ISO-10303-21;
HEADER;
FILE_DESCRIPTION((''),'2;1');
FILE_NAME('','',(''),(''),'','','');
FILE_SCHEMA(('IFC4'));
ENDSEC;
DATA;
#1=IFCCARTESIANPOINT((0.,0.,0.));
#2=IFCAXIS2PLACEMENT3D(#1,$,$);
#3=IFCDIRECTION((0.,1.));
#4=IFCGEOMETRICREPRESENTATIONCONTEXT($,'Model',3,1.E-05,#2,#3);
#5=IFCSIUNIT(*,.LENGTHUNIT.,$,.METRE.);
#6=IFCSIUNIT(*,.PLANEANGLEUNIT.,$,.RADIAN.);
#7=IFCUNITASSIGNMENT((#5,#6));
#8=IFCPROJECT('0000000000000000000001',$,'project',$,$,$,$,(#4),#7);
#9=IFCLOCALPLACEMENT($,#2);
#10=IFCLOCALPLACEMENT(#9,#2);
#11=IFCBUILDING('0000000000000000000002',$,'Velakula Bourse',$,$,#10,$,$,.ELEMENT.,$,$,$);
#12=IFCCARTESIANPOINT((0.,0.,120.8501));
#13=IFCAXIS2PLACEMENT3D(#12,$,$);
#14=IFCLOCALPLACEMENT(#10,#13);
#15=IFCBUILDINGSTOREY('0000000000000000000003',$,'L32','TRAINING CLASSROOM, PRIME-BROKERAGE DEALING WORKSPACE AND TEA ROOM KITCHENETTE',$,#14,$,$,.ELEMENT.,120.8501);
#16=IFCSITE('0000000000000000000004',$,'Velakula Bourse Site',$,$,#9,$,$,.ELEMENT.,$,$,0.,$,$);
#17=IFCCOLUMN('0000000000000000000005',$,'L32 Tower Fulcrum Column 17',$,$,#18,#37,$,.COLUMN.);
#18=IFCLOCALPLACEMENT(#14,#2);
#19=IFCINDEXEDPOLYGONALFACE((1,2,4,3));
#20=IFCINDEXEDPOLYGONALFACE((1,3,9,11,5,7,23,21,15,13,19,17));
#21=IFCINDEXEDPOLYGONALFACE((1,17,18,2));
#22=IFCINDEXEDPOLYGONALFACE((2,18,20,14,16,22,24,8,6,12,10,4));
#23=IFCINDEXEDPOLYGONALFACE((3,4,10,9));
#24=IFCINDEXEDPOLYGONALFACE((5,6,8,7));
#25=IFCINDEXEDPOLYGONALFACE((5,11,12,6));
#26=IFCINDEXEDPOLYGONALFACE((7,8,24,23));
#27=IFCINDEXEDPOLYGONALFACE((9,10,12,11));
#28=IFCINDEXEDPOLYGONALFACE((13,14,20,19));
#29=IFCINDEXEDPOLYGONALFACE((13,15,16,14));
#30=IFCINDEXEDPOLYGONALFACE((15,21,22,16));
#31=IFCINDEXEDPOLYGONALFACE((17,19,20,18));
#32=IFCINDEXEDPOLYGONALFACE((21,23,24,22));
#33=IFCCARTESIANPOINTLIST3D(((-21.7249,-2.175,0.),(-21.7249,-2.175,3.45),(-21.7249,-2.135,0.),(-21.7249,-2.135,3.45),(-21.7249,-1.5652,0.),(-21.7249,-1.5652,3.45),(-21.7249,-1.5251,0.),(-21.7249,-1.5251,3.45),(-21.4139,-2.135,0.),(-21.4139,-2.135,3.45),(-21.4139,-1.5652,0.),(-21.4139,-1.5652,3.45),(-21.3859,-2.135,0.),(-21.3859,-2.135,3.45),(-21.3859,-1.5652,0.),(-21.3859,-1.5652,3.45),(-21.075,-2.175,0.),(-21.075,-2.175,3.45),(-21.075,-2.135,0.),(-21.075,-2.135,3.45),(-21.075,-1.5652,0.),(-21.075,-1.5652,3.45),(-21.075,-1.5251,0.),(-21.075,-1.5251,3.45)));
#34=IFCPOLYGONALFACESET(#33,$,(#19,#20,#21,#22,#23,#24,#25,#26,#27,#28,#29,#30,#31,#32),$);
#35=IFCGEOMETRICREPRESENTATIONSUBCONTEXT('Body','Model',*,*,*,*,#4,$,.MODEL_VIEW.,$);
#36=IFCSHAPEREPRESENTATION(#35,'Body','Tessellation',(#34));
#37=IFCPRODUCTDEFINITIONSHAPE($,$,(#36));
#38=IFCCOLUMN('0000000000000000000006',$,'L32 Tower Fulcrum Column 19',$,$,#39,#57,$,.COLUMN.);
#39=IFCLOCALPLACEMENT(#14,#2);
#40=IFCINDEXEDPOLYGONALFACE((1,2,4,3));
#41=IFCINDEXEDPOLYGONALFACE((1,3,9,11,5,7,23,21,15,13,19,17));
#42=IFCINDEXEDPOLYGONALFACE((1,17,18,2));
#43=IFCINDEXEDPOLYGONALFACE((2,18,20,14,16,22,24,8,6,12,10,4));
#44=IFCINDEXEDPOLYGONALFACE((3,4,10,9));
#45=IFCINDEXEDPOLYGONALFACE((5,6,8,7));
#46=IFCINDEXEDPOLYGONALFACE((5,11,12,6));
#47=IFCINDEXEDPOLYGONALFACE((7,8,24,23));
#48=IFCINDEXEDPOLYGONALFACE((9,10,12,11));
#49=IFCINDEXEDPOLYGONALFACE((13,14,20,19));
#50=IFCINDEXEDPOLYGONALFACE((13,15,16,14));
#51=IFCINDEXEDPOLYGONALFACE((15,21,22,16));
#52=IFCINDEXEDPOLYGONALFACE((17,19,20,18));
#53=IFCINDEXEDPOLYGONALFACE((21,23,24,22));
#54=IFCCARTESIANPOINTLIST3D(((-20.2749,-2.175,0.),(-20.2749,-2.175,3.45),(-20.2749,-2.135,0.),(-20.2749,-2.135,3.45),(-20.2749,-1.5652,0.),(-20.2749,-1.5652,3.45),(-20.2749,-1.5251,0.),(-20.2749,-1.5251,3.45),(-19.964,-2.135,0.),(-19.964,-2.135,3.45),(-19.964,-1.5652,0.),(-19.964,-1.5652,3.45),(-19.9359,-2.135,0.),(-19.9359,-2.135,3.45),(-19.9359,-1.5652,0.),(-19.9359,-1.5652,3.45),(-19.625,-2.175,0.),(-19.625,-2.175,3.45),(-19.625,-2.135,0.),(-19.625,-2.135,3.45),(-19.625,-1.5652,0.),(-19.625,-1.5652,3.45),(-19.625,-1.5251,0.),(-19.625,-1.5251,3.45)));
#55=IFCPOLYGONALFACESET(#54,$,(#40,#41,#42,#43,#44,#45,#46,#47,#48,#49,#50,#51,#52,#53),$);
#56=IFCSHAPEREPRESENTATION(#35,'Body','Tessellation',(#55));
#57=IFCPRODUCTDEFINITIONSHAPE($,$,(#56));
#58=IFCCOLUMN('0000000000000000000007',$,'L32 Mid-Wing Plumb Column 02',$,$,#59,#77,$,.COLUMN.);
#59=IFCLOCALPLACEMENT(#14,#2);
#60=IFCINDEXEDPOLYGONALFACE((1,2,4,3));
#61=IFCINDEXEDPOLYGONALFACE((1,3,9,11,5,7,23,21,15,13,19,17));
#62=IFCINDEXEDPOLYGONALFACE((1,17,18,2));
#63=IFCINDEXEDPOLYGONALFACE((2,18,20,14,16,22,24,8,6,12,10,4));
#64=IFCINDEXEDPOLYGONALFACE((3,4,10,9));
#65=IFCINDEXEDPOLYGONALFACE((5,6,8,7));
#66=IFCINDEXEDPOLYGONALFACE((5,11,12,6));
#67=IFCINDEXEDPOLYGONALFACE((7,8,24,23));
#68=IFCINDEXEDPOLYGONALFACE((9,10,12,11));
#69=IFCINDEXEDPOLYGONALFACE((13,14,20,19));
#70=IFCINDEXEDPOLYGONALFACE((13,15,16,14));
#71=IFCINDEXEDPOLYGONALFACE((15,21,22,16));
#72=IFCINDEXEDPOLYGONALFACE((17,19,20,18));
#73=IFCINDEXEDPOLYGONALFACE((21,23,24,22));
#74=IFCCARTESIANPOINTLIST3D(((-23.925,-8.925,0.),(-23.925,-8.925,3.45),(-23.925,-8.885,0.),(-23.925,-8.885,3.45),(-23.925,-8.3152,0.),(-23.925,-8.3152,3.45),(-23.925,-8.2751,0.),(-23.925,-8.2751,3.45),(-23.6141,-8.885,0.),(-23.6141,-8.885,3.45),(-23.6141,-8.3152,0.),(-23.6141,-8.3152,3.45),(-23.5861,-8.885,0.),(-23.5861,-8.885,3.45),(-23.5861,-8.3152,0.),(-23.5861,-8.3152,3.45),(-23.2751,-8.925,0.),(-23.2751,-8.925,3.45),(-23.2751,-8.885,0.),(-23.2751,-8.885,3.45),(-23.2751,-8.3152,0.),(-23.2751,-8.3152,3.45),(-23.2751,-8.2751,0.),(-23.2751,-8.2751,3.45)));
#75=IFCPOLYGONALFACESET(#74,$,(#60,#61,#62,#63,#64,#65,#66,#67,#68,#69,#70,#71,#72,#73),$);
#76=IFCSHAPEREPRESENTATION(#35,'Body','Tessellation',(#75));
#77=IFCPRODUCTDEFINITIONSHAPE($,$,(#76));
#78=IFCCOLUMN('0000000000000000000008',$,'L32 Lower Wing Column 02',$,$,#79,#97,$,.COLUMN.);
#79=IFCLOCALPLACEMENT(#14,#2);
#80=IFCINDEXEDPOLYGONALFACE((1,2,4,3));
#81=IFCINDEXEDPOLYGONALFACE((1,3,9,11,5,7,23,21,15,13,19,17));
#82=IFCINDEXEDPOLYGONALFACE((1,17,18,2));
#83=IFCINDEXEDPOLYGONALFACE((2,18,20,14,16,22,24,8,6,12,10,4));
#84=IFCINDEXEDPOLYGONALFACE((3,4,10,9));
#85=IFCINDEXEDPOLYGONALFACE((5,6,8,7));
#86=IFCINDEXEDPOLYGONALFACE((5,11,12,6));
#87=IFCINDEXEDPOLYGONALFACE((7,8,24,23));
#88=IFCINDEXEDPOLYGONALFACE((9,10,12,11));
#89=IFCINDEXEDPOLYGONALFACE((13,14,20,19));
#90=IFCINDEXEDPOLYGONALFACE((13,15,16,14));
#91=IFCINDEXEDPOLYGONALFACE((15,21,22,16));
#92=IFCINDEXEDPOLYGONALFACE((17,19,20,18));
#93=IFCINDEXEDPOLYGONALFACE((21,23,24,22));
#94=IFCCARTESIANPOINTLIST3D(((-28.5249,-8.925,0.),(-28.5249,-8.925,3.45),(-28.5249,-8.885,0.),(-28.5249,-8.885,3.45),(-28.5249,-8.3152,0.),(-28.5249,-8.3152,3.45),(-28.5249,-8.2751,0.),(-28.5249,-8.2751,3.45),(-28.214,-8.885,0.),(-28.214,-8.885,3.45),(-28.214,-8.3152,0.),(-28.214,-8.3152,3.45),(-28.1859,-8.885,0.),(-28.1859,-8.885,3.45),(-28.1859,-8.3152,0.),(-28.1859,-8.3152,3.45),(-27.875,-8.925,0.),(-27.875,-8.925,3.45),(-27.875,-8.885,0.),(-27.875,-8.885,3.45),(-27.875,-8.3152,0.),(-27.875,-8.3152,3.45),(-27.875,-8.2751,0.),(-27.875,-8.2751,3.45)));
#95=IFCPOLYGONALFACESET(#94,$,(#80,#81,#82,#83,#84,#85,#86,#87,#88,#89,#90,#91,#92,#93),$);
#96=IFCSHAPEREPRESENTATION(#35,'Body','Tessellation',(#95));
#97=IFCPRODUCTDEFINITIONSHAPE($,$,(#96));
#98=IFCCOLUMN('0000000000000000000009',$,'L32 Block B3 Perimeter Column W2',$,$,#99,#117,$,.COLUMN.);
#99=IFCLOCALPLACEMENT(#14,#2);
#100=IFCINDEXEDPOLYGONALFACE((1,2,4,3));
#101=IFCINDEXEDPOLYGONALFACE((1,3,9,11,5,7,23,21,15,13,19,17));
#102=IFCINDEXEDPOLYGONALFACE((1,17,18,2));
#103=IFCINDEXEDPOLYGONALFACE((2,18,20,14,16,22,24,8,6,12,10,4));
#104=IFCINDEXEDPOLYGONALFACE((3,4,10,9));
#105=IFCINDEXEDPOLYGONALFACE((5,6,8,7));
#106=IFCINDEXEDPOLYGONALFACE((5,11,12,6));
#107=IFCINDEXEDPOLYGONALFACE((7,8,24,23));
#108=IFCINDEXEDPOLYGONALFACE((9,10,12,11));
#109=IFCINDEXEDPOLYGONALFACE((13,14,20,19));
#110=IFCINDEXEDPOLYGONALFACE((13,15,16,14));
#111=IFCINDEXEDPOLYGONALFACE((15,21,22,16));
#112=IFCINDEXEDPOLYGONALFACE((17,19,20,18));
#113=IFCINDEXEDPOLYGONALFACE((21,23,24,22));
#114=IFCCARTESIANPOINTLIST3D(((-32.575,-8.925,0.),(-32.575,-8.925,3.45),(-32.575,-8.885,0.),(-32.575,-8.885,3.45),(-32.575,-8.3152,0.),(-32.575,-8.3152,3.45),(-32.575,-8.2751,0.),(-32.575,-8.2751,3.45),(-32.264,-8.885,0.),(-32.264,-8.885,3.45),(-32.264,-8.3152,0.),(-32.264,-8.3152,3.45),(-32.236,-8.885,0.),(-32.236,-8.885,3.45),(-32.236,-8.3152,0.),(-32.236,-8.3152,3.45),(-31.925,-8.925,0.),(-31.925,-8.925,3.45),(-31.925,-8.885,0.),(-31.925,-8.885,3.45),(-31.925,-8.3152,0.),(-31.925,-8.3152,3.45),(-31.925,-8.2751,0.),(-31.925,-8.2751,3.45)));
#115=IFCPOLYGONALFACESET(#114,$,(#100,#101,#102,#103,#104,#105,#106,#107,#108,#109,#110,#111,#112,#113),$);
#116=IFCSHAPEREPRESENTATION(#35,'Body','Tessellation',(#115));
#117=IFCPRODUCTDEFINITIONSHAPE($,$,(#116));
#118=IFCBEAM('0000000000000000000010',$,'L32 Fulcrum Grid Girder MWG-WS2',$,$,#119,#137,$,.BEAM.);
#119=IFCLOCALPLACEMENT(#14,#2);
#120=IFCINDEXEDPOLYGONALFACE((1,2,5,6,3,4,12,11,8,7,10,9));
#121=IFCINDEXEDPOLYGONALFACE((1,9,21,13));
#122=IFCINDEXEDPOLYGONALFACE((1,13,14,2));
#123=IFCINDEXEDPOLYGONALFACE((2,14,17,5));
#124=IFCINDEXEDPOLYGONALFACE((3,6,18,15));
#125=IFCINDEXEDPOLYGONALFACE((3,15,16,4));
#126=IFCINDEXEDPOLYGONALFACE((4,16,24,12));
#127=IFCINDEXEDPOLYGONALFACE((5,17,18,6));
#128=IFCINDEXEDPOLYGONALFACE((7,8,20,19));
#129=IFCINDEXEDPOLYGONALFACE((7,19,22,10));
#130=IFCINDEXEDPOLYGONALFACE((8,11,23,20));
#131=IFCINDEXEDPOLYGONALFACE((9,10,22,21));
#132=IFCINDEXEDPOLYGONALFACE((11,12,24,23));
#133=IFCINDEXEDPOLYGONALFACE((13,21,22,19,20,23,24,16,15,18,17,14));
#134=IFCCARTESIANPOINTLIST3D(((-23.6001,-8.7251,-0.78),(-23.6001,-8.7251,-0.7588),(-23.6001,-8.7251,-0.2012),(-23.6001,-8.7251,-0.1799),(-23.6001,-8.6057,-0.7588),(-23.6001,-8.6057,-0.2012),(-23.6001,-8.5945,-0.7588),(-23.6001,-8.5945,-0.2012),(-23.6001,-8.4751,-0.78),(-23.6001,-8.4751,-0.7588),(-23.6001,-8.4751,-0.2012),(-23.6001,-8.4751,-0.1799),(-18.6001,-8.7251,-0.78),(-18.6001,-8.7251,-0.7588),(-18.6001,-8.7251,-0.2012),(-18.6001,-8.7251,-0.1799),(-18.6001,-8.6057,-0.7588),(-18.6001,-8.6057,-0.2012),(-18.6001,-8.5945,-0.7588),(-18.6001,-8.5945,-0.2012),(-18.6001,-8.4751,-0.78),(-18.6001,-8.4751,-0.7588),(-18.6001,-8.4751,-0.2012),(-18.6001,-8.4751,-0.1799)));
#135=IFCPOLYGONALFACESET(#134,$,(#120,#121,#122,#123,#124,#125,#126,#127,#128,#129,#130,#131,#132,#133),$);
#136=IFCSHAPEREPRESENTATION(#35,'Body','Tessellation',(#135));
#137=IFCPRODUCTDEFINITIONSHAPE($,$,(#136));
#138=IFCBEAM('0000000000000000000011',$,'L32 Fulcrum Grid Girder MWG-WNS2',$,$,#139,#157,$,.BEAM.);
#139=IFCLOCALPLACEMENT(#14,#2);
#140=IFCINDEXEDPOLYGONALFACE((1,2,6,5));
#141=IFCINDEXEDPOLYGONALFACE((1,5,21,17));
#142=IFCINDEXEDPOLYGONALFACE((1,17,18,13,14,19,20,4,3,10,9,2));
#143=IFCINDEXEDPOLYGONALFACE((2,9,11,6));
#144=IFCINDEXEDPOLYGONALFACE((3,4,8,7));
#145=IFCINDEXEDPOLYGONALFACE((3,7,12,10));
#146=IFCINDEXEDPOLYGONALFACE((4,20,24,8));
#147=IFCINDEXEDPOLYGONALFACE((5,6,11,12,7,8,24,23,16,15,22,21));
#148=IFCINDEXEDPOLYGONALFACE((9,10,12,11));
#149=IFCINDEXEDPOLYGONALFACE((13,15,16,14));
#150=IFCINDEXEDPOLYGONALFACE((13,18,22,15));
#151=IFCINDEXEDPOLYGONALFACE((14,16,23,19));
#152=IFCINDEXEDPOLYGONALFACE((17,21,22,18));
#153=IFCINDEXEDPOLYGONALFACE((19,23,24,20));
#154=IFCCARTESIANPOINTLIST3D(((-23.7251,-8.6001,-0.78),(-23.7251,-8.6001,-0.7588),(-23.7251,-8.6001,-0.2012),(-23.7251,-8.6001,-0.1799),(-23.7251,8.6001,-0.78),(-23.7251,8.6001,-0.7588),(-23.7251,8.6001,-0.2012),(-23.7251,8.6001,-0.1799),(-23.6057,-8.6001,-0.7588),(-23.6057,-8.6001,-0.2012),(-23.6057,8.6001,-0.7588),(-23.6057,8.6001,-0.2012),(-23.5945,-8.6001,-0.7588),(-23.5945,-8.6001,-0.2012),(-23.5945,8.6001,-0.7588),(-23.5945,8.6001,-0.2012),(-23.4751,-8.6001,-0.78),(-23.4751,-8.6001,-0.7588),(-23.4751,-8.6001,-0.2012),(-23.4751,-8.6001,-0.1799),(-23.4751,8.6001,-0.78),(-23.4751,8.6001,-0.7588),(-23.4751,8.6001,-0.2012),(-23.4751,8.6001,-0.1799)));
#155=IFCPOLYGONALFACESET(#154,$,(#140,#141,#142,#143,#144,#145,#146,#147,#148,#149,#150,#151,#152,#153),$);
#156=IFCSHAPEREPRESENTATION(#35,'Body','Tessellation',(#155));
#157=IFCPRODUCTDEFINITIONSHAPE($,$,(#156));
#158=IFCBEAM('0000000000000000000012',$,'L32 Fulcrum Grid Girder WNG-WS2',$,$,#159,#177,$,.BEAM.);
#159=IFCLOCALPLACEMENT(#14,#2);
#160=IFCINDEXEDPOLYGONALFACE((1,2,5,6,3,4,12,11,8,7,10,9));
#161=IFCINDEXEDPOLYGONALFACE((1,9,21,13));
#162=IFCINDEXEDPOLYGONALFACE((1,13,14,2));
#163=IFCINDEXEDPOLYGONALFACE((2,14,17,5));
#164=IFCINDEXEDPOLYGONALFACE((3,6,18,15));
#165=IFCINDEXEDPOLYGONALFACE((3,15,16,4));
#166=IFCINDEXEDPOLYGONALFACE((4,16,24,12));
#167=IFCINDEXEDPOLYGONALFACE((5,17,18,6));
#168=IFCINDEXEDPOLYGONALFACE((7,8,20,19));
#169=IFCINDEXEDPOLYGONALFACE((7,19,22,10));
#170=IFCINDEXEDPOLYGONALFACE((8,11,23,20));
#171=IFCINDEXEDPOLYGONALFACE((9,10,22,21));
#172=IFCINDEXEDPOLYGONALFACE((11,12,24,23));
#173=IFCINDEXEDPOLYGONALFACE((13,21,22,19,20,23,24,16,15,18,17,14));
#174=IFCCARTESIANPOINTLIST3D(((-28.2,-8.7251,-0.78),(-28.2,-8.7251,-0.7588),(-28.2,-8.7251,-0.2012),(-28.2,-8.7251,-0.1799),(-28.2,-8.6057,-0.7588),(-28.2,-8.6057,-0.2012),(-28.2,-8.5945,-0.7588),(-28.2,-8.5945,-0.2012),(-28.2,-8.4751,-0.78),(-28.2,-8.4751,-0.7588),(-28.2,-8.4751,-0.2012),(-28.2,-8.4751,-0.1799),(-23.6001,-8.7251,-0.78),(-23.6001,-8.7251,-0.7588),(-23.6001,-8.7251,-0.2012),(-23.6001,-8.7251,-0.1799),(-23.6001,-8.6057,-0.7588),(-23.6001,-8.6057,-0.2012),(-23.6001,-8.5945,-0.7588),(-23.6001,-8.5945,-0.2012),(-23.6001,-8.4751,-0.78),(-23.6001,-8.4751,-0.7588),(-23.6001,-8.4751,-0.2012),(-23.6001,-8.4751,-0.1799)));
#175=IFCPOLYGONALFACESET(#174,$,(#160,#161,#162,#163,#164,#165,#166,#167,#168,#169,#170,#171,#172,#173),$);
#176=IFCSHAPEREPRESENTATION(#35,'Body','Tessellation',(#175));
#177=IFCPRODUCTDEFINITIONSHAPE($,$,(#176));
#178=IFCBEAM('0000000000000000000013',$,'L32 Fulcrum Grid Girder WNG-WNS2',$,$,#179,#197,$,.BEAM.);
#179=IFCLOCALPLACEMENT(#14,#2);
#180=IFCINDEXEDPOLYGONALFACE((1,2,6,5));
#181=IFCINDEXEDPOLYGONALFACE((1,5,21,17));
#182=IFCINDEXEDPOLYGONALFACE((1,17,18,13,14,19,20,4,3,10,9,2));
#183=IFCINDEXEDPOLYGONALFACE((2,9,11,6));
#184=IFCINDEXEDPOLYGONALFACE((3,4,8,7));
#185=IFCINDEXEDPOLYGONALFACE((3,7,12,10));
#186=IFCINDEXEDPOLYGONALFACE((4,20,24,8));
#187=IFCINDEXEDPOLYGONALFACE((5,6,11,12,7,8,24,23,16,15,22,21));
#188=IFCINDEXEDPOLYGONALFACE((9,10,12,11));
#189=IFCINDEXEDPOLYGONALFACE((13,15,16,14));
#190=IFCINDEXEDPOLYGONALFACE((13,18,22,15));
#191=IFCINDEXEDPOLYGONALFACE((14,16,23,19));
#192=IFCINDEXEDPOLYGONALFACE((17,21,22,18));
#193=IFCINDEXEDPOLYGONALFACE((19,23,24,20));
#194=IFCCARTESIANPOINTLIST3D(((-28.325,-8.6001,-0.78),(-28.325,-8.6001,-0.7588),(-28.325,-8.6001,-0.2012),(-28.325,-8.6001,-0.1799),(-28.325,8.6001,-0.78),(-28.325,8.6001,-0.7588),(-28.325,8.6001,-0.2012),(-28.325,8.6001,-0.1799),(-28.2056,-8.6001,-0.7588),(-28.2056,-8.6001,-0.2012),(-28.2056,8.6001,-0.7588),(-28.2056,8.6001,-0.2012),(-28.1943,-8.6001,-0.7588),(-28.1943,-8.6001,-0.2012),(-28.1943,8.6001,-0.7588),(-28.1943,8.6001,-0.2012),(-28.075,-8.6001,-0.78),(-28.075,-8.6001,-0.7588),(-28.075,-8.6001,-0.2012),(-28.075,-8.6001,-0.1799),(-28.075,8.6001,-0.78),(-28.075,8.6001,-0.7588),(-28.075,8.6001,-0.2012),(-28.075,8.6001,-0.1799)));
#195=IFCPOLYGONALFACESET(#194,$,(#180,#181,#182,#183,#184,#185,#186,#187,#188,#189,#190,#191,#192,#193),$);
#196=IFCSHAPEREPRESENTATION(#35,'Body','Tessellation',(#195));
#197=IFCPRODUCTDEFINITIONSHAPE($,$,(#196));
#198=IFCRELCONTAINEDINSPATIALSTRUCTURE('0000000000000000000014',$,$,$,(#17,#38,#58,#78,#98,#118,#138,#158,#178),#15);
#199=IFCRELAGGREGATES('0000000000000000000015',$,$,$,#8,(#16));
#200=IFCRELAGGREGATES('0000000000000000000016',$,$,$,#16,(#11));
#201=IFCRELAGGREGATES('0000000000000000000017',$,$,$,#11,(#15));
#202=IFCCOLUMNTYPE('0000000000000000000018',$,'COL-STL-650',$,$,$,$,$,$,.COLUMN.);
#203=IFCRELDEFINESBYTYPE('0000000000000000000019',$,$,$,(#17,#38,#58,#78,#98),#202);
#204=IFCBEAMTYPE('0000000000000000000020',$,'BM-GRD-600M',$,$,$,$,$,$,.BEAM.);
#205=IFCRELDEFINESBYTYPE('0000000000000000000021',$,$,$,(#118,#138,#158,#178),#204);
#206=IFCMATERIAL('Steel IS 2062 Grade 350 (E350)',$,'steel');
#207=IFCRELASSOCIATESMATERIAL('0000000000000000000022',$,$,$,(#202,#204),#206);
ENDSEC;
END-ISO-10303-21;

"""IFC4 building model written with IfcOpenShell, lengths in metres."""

from ifc_helpers import new_model, si_unit, direction, frame, origin, origin_2d, place, context, subcontext, project, spatial, i_section, extrude, material, material_profile, profile_set, type_object, element, save


model = new_model("IFC4")

# Units and contexts
model_context = context("Model", 3, precision=1e-05, world=origin(), true_north=direction((0.0, 1.0)))
body_context = subcontext(model_context, "Body", "Model", "MODEL_VIEW")
ifc_project = project(units=[si_unit("LENGTHUNIT", "METRE"), si_unit("PLANEANGLEUNIT", "RADIAN")], contexts=[model_context])

# Site, building, storey
site_placement = place(None, origin())
site = spatial("IfcSite", under=ifc_project, at=site_placement, Name="Velakula Bourse Site", CompositionType="ELEMENT", RefElevation=0.0)
building_placement = place(site_placement, origin())
building = spatial("IfcBuilding", under=site, at=building_placement, Name="Velakula Bourse", CompositionType="ELEMENT")
storey_placement = place(building_placement, frame((0.0, 0.0, 120.8501)))
storey = spatial("IfcBuildingStorey", under=building, at=storey_placement, Name="L32", Description="TRAINING CLASSROOM, PRIME-BROKERAGE DEALING WORKSPACE AND TEA ROOM KITCHENETTE", CompositionType="ELEMENT", Elevation=120.8501)

# Columns
ifc_material_1 = material(Name="Steel IS 2062 Grade 350 (E350)", Category="steel")
ifc_material_profile_1 = material_profile(ifc_material_1, i_section(OverallWidth=0.6499, OverallDepth=0.6499, WebThickness=0.0281, FlangeThickness=0.04, at=origin_2d()), Name="Steel IS 2062 Grade 350 (E350)")
ifc_profile_set_1 = profile_set([ifc_material_profile_1], Name="Steel IS 2062 Grade 350 (E350)")
column_type = type_object("IfcColumnType", Name="COL-STL-650", PredefinedType="COLUMN", material=ifc_profile_set_1)
for number, where, z_axis, x_axis, name in (
    (1, (-21.3999, -1.8501, 0.0), (0.0, 0.0, 1.0), (1.0, 0.0, 0.0), "L32 Tower Fulcrum Column 17"),
    (2, (-19.95, -1.8501, 0.0), (0.0, 0.0, 1.0), (1.0, 0.0, 0.0), "L32 Tower Fulcrum Column 19"),
    (3, (-23.6001, -8.6001, 0.0), (0.0, 0.0, 1.0), (1.0, 0.0, 0.0), "L32 Mid-Wing Plumb Column 02"),
    (4, (-28.2, -8.6001, 0.0), (0.0, 0.0, 1.0), (1.0, 0.0, 0.0), "L32 Lower Wing Column 02"),
    (5, (-32.25, -8.6001, 0.0), (0.0, 0.0, 1.0), (1.0, 0.0, 0.0), "L32 Block B3 Perimeter Column W2"),
):
    element("IfcColumn", number, at=place(storey_placement, frame(where, z_axis=z_axis, x_axis=x_axis)), inside=storey, type_object=column_type, Name=name, PredefinedType="COLUMN", context=body_context, shape_type="SweptSolid", body=[
        extrude(i_section(OverallWidth=0.6499, OverallDepth=0.6499, WebThickness=0.0281, FlangeThickness=0.04, at=origin_2d()), origin(), (0.0, 0.0, 1.0), 3.45),
    ])

# Beams
ifc_material_profile_2 = material_profile(ifc_material_1, i_section(OverallWidth=0.25, OverallDepth=0.6001, WebThickness=0.0112, FlangeThickness=0.0212, at=origin_2d()), Name="Steel IS 2062 Grade 350 (E350)")
ifc_profile_set_2 = profile_set([ifc_material_profile_2], Name="Steel IS 2062 Grade 350 (E350)")
beam_type_1 = type_object("IfcBeamType", Name="BM-GRD-600M", PredefinedType="BEAM", material=ifc_profile_set_2)
beam_1_placement = place(storey_placement, frame((-23.6001, -8.6001, -0.48), z_axis=(1.0, 0.0, 0.0), x_axis=(0.0, 1.0, 0.0)))
element("IfcBeam", 6, at=beam_1_placement, inside=storey, type_object=beam_type_1, Name="L32 Fulcrum Grid Girder MWG-WS2", PredefinedType="BEAM", context=body_context, shape_type="SweptSolid", body=[
    extrude(i_section(OverallWidth=0.25, OverallDepth=0.6001, WebThickness=0.0112, FlangeThickness=0.0212, at=origin_2d()), origin(), (0.0, 0.0, 1.0), 5.0),
])
beam_2_placement = place(storey_placement, frame((-23.6001, -8.6001, -0.48), z_axis=(0.0, 1.0, 0.0), x_axis=(-1.0, 0.0, 0.0)))
element("IfcBeam", 7, at=beam_2_placement, inside=storey, type_object=beam_type_1, Name="L32 Fulcrum Grid Girder MWG-WNS2", PredefinedType="BEAM", context=body_context, shape_type="SweptSolid", body=[
    extrude(i_section(OverallWidth=0.25, OverallDepth=0.6001, WebThickness=0.0112, FlangeThickness=0.0212, at=origin_2d()), origin(), (0.0, 0.0, 1.0), 17.2002),
])
beam_3_placement = place(storey_placement, frame((-28.2, -8.6001, -0.48), z_axis=(1.0, 0.0, 0.0), x_axis=(0.0, 1.0, 0.0)))
element("IfcBeam", 8, at=beam_3_placement, inside=storey, type_object=beam_type_1, Name="L32 Fulcrum Grid Girder WNG-WS2", PredefinedType="BEAM", context=body_context, shape_type="SweptSolid", body=[
    extrude(i_section(OverallWidth=0.25, OverallDepth=0.6001, WebThickness=0.0112, FlangeThickness=0.0212, at=origin_2d()), origin(), (0.0, 0.0, 1.0), 4.5999),
])
beam_4_placement = place(storey_placement, frame((-28.2, -8.6001, -0.48), z_axis=(0.0, 1.0, 0.0), x_axis=(-1.0, 0.0, 0.0)))
element("IfcBeam", 9, at=beam_4_placement, inside=storey, type_object=beam_type_1, Name="L32 Fulcrum Grid Girder WNG-WNS2", PredefinedType="BEAM", context=body_context, shape_type="SweptSolid", body=[
    extrude(i_section(OverallWidth=0.25, OverallDepth=0.6001, WebThickness=0.0112, FlangeThickness=0.0212, at=origin_2d()), origin(), (0.0, 0.0, 1.0), 17.2002),
])

save(model, "model.ifc")
